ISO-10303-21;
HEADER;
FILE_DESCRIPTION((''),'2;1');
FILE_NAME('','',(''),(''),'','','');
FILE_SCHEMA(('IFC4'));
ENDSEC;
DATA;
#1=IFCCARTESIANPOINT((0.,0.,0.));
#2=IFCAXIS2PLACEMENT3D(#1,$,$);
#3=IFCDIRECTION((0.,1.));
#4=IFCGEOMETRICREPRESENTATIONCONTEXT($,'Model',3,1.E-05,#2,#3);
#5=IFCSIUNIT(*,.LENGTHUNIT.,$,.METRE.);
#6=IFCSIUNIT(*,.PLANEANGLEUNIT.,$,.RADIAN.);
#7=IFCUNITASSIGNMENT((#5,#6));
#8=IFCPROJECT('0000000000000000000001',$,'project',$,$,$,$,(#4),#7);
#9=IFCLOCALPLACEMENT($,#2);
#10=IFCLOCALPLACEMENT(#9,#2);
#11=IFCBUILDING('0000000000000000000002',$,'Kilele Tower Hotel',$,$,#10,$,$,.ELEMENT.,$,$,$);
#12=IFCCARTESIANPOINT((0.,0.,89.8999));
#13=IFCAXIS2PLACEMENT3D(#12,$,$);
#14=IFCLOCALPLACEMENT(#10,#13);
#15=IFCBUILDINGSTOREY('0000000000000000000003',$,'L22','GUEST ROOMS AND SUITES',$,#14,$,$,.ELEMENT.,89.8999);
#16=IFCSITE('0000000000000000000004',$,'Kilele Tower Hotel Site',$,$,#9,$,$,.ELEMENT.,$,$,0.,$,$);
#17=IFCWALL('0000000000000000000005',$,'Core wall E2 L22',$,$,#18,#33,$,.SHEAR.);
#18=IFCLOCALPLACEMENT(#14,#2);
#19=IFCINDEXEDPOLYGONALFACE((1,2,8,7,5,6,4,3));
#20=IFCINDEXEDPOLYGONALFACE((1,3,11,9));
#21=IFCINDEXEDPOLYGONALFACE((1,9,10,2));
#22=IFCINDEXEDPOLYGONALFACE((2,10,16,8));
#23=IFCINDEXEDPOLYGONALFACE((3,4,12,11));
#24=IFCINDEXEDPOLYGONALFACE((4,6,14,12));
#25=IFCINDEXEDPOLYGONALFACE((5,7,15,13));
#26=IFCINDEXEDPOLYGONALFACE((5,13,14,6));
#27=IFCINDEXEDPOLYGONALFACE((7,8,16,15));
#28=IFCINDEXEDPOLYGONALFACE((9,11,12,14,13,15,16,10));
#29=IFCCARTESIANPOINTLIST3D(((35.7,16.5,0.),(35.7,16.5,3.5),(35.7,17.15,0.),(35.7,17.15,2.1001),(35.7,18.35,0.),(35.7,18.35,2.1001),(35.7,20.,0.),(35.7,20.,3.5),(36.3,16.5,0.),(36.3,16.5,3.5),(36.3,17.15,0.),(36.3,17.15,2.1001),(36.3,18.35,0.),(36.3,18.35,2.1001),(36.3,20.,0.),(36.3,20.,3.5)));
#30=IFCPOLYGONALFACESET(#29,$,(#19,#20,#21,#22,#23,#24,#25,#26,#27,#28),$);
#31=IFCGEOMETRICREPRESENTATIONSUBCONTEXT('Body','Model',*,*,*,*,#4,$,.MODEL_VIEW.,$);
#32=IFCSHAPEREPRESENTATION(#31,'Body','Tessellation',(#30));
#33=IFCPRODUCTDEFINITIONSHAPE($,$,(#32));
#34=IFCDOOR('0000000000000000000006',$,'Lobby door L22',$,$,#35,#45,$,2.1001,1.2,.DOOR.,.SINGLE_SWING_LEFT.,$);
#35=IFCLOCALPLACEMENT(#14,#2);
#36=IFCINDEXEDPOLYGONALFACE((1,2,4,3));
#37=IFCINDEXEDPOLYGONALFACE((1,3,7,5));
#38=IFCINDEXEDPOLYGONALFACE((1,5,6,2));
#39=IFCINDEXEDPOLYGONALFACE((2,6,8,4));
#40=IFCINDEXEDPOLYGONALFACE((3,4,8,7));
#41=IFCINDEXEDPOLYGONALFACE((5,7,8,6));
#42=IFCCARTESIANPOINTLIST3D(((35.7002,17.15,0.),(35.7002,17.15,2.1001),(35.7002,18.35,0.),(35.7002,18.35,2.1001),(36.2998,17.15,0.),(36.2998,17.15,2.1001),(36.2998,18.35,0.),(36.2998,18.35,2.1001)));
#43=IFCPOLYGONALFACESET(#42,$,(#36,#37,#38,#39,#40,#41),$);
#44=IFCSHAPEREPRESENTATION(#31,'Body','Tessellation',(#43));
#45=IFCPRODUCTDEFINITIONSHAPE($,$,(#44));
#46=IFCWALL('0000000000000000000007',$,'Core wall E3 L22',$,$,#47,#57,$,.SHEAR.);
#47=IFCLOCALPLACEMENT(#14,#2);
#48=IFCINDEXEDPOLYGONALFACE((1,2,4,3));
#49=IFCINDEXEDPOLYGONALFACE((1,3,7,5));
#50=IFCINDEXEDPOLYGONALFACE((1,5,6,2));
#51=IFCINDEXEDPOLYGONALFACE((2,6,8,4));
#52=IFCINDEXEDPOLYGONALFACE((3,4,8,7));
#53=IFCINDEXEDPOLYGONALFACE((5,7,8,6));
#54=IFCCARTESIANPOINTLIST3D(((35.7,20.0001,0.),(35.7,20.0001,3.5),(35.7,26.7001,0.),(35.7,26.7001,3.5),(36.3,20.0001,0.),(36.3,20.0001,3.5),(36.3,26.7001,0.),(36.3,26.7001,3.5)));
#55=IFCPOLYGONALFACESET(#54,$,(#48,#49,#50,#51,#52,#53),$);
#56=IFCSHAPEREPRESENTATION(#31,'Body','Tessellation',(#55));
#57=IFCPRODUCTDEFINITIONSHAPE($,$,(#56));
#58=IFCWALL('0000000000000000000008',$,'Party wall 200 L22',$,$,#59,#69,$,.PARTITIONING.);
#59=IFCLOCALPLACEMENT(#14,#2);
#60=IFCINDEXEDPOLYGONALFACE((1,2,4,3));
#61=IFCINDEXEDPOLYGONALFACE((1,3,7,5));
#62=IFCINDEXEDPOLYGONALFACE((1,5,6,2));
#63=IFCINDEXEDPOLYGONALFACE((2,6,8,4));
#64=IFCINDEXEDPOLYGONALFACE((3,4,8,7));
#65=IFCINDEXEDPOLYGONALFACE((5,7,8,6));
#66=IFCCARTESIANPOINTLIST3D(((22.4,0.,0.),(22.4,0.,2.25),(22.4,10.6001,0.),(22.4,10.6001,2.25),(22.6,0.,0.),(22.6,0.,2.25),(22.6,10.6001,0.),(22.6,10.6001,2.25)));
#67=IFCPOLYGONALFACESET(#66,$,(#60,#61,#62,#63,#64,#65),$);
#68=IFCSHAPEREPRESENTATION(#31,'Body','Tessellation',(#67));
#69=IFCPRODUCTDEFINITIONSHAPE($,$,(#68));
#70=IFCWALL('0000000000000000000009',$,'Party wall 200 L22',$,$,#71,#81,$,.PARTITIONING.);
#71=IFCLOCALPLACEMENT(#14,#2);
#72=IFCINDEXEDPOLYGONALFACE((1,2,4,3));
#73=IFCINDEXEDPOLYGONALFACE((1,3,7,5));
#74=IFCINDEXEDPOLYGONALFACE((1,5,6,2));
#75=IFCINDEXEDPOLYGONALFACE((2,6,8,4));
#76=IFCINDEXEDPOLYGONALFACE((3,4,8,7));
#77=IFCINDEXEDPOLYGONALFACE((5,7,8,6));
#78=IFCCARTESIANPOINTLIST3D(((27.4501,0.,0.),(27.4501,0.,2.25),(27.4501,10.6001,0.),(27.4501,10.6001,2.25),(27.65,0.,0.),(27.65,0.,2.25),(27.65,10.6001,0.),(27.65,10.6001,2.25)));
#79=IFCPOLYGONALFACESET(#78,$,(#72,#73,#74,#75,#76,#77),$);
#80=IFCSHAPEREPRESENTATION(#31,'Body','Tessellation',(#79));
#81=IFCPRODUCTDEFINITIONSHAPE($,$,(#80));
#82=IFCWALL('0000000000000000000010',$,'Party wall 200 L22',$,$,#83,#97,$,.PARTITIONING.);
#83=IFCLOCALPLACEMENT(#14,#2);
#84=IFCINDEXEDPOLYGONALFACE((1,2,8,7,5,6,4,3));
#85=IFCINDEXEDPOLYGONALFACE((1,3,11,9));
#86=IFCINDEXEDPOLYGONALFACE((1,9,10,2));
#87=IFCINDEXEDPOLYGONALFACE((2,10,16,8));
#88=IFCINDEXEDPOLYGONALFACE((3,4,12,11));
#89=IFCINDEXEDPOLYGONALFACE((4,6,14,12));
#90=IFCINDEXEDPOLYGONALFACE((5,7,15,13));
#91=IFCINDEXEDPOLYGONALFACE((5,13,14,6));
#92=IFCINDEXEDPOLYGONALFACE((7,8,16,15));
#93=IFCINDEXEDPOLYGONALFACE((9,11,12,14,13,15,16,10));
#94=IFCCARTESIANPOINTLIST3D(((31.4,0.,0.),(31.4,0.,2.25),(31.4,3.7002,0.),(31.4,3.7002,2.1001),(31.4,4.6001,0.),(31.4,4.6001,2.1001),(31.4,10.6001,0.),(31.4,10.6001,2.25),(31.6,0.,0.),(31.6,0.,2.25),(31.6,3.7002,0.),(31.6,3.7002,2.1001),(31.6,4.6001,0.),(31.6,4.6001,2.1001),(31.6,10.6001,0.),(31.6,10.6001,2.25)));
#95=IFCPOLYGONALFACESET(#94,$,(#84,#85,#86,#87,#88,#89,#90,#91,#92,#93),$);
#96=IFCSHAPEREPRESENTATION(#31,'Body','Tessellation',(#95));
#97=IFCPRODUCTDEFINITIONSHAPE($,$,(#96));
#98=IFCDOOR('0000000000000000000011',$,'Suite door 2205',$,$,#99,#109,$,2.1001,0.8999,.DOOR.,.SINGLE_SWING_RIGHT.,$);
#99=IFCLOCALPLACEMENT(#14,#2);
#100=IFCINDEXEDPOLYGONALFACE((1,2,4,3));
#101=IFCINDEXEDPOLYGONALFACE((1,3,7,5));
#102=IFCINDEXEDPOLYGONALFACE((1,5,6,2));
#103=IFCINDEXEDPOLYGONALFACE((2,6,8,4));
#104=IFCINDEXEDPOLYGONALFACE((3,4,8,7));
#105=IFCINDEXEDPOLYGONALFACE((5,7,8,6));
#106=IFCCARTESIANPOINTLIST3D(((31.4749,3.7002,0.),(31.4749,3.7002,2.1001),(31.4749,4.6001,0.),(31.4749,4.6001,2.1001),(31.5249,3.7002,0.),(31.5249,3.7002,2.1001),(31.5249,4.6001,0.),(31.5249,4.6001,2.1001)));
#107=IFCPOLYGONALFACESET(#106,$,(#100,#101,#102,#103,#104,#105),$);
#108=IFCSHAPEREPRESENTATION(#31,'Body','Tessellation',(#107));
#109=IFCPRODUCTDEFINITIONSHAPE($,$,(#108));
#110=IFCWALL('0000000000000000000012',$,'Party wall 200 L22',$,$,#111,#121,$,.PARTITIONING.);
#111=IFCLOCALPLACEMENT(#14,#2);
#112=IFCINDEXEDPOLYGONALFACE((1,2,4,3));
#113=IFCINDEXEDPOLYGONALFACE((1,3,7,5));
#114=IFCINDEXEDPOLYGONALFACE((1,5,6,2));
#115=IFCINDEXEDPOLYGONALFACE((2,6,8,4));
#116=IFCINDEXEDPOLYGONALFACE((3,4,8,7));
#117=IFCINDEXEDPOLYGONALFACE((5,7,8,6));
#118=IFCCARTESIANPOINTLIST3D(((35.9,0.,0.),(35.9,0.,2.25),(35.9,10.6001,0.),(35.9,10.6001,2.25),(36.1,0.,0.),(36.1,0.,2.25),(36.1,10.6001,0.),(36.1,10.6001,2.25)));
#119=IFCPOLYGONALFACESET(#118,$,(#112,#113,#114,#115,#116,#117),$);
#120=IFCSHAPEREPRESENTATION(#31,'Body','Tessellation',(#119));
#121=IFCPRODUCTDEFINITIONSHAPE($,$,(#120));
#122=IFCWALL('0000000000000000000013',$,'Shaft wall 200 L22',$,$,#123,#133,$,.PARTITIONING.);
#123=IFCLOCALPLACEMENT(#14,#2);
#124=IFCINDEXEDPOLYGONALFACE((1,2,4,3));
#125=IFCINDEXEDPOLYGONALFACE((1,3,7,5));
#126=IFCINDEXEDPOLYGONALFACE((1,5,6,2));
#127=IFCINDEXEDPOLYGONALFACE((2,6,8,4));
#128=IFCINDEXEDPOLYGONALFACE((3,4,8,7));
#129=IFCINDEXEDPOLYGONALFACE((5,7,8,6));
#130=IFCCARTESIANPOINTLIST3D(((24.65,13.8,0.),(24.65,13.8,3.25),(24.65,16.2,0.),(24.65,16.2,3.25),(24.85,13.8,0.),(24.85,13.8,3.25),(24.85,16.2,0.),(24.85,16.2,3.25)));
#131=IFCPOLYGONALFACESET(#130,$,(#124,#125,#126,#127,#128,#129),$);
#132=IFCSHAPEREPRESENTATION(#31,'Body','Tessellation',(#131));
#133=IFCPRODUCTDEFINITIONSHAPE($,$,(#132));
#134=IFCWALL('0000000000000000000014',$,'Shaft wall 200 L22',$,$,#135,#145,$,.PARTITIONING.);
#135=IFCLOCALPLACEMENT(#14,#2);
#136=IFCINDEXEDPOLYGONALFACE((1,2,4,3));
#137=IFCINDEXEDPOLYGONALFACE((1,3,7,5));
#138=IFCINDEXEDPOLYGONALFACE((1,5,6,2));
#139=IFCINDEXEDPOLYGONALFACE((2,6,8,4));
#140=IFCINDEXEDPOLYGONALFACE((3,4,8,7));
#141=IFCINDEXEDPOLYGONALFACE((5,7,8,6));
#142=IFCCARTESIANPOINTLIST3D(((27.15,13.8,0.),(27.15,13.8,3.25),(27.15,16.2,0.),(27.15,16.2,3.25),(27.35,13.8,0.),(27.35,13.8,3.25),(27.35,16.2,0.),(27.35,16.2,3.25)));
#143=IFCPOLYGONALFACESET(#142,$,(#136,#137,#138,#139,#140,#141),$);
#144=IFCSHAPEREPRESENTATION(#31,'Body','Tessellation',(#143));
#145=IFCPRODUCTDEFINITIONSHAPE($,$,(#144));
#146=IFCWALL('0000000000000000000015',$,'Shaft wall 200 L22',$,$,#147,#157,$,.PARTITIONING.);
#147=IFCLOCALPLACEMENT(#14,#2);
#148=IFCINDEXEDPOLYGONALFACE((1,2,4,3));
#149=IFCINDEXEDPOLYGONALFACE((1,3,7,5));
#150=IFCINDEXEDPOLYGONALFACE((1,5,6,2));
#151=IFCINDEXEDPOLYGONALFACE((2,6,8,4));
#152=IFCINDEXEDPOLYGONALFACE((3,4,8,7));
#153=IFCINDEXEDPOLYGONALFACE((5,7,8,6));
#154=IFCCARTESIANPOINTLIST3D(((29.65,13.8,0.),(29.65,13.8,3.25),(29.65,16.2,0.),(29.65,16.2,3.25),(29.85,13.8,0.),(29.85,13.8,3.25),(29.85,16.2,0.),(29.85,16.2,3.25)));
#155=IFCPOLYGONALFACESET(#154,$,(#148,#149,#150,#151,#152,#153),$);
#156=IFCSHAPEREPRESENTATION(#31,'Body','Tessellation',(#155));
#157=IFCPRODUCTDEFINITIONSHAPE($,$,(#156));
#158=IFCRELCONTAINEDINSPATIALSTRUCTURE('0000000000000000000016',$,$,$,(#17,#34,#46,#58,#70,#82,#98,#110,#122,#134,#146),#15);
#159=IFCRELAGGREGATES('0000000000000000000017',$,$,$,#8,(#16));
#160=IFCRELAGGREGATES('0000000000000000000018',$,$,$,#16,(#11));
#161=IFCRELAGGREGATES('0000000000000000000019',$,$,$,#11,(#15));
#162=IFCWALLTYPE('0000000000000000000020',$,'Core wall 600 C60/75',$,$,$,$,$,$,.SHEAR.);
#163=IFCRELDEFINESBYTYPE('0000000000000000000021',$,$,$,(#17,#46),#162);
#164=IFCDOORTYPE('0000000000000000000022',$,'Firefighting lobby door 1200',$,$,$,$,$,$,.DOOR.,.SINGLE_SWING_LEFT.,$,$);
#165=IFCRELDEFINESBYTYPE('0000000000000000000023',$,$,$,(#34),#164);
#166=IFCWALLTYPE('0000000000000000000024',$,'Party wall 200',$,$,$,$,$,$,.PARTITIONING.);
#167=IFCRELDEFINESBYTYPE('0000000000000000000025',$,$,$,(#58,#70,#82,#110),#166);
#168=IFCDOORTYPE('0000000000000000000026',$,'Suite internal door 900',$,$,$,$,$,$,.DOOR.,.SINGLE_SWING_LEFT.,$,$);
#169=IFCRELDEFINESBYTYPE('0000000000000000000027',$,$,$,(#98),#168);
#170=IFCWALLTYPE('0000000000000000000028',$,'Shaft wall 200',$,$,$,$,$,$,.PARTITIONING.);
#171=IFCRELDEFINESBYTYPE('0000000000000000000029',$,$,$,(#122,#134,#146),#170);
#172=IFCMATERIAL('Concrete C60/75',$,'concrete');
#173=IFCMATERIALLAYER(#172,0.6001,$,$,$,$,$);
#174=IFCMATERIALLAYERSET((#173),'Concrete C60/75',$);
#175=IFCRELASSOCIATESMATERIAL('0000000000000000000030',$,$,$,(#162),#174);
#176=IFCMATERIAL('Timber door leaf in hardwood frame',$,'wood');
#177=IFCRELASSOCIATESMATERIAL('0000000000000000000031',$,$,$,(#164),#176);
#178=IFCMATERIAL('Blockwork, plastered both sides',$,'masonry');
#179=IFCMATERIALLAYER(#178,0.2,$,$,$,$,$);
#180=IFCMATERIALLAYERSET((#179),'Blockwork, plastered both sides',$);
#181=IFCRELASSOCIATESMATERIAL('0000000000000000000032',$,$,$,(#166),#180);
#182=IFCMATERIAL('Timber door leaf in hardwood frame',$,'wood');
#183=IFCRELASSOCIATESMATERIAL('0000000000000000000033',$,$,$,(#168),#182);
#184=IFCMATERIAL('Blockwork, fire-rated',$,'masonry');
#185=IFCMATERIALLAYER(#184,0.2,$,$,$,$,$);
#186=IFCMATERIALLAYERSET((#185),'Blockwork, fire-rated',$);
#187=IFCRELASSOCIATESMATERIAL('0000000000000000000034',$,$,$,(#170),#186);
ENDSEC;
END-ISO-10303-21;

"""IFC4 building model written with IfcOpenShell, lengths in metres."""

from ifc_helpers import new_model, si_unit, direction, frame, frame_2d, origin, place, context, subcontext, project, spatial, rectangle, extrude, material, layer, layer_set, type_object, element, fill, save


model = new_model("IFC4")

# Units and contexts
model_context = context("Model", 3, precision=1e-05, world=origin(), true_north=direction((0.0, 1.0)))
body_context = subcontext(model_context, "Body", "Model", "MODEL_VIEW")
ifc_project = project(units=[si_unit("LENGTHUNIT", "METRE"), si_unit("PLANEANGLEUNIT", "RADIAN")], contexts=[model_context])

# Site, building, storey
site_placement = place(None, origin())
site = spatial("IfcSite", under=ifc_project, at=site_placement, Name="Kilele Tower Hotel Site", CompositionType="ELEMENT", RefElevation=0.0)
building_placement = place(site_placement, origin())
building = spatial("IfcBuilding", under=site, at=building_placement, Name="Kilele Tower Hotel", CompositionType="ELEMENT")
storey_placement = place(building_placement, frame((0.0, 0.0, 89.8999)))
storey = spatial("IfcBuildingStorey", under=building, at=storey_placement, Name="L22", Description="GUEST ROOMS AND SUITES", CompositionType="ELEMENT", Elevation=89.8999)

# Shared definitions
ifc_material_1 = material(Name="Concrete C60/75", Category="concrete")
ifc_layer_1 = layer(ifc_material_1, 0.6001)
ifc_layer_set_1 = layer_set([ifc_layer_1], Name="Concrete C60/75")
wall_type_1 = type_object("IfcWallType", Name="Core wall 600 C60/75", PredefinedType="SHEAR", material=ifc_layer_set_1)
ifc_material_2 = material(Name="Timber door leaf in hardwood frame", Category="wood")
door_type_1 = type_object("IfcDoorType", Name="Firefighting lobby door 1200", OperationType="SINGLE_SWING_LEFT", PredefinedType="DOOR", material=ifc_material_2)

# Wall, opening, door
wall_1_placement = place(storey_placement, frame((36.0, 16.5, 0.0), z_axis=(0.0, 0.0, 1.0), x_axis=(0.0, 1.0, 0.0)))
wall_1 = element("IfcWall", 1, at=wall_1_placement, inside=storey, type_object=wall_type_1, Name="Core wall E2 L22", PredefinedType="SHEAR", context=body_context, shape_type="SweptSolid", body=[
    extrude(rectangle(XDim=3.5, YDim=0.6001, at=frame_2d((1.75, 0.0))), origin(), (0.0, 0.0, 1.0), 3.5),
])
opening_1_placement = place(wall_1_placement, frame((0.6499, 0.0, 0.0)))
opening_1 = element("IfcOpeningElement", 2, at=opening_1_placement, cuts=wall_1, PredefinedType="OPENING", context=body_context, shape_type="SweptSolid", body=[
    extrude(rectangle(XDim=1.2, YDim=2.1001, at=frame_2d((0.6001, 1.05))), frame((0.0, 0.3101, 0.0), z_axis=(0.0, -1.0, 0.0), x_axis=(1.0, 0.0, 0.0)), (0.0, 0.0, 1.0), 0.6201),
])
door_1_placement = place(opening_1_placement, origin())
door_1 = element("IfcDoor", 3, at=door_1_placement, inside=storey, type_object=door_type_1, Name="Lobby door L22", OperationType="SINGLE_SWING_LEFT", OverallHeight=2.1001, OverallWidth=1.2, PredefinedType="DOOR", context=body_context, shape_type="SweptSolid", body=[
    extrude(rectangle(XDim=1.2, YDim=2.1001, at=frame_2d((0.6001, 1.05))), frame((0.0, 0.2998, 0.0), z_axis=(0.0, -1.0, 0.0), x_axis=(1.0, 0.0, 0.0)), (0.0, 0.0, 1.0), 0.5996),
])
fill(opening_1, door_1)

# Walls
wall_2_placement = place(storey_placement, frame((36.0, 20.0, 0.0), z_axis=(0.0, 0.0, 1.0), x_axis=(0.0, 1.0, 0.0)))
element("IfcWall", 4, at=wall_2_placement, inside=storey, type_object=wall_type_1, Name="Core wall E3 L22", PredefinedType="SHEAR", context=body_context, shape_type="SweptSolid", body=[
    extrude(rectangle(XDim=6.7, YDim=0.6001, at=frame_2d((3.3501, 0.0))), origin(), (0.0, 0.0, 1.0), 3.5),
])
ifc_material_3 = material(Name="Blockwork, plastered both sides", Category="masonry")
ifc_layer_2 = layer(ifc_material_3, 0.2)
ifc_layer_set_2 = layer_set([ifc_layer_2], Name="Blockwork, plastered both sides")
wall_type_2 = type_object("IfcWallType", Name="Party wall 200", PredefinedType="PARTITIONING", material=ifc_layer_set_2)
for number, where, z_axis, x_axis, name in (
    (5, (22.5, 10.6001, 0.0), (0.0, 0.0, 1.0), (0.0, -1.0, 0.0), "Party wall 200 L22"),
    (6, (27.55, 10.6001, 0.0), (0.0, 0.0, 1.0), (0.0, -1.0, 0.0), "Party wall 200 L22"),
):
    element("IfcWall", number, at=place(storey_placement, frame(where, z_axis=z_axis, x_axis=x_axis)), inside=storey, type_object=wall_type_2, Name=name, PredefinedType="PARTITIONING", context=body_context, shape_type="SweptSolid", body=[
        extrude(rectangle(XDim=10.6001, YDim=0.2, at=frame_2d((5.3, 0.0))), origin(), (0.0, 0.0, 1.0), 2.25),
    ])

# Wall, opening, door
wall_3_placement = place(storey_placement, frame((31.5, 10.6001, 0.0), z_axis=(0.0, 0.0, 1.0), x_axis=(0.0, -1.0, 0.0)))
wall_3 = element("IfcWall", 7, at=wall_3_placement, inside=storey, type_object=wall_type_2, Name="Party wall 200 L22", PredefinedType="PARTITIONING", context=body_context, shape_type="SweptSolid", body=[
    extrude(rectangle(XDim=10.6001, YDim=0.2, at=frame_2d((5.3, 0.0))), origin(), (0.0, 0.0, 1.0), 2.25),
])
opening_2_placement = place(wall_3_placement, frame((6.0, 0.0, 0.0)))
opening_2 = element("IfcOpeningElement", 8, at=opening_2_placement, cuts=wall_3, PredefinedType="OPENING", context=body_context, shape_type="SweptSolid", body=[
    extrude(rectangle(XDim=0.8999, YDim=2.1001, at=frame_2d((0.45, 1.05))), frame((0.0, 0.1099, 0.0), z_axis=(0.0, -1.0, 0.0), x_axis=(1.0, 0.0, 0.0)), (0.0, 0.0, 1.0), 0.22),
])
ifc_material_4 = material(Name="Timber door leaf in hardwood frame", Category="wood")
door_type_2 = type_object("IfcDoorType", Name="Suite internal door 900", OperationType="SINGLE_SWING_LEFT", PredefinedType="DOOR", material=ifc_material_4)
door_2_placement = place(opening_2_placement, origin())
door_2 = element("IfcDoor", 9, at=door_2_placement, inside=storey, type_object=door_type_2, Name="Suite door 2205", OperationType="SINGLE_SWING_RIGHT", OverallHeight=2.1001, OverallWidth=0.8999, PredefinedType="DOOR", context=body_context, shape_type="SweptSolid", body=[
    extrude(rectangle(XDim=0.8999, YDim=2.1001, at=frame_2d((0.45, 1.05))), frame((0.0, 0.0249, 0.0), z_axis=(0.0, -1.0, 0.0), x_axis=(1.0, 0.0, 0.0)), (0.0, 0.0, 1.0), 0.05),
])
fill(opening_2, door_2)

# Walls
wall_4_placement = place(storey_placement, frame((36.0, 10.6001, 0.0), z_axis=(0.0, 0.0, 1.0), x_axis=(0.0, -1.0, 0.0)))
element("IfcWall", 10, at=wall_4_placement, inside=storey, type_object=wall_type_2, Name="Party wall 200 L22", PredefinedType="PARTITIONING", context=body_context, shape_type="SweptSolid", body=[
    extrude(rectangle(XDim=10.6001, YDim=0.2, at=frame_2d((5.3, 0.0))), origin(), (0.0, 0.0, 1.0), 2.25),
])
ifc_material_5 = material(Name="Blockwork, fire-rated", Category="masonry")
ifc_layer_3 = layer(ifc_material_5, 0.2)
ifc_layer_set_3 = layer_set([ifc_layer_3], Name="Blockwork, fire-rated")
wall_type_3 = type_object("IfcWallType", Name="Shaft wall 200", PredefinedType="PARTITIONING", material=ifc_layer_set_3)
for number, where, z_axis, x_axis, name in (
    (11, (24.75, 13.8, 0.0), (0.0, 0.0, 1.0), (0.0, 1.0, 0.0), "Shaft wall 200 L22"),
    (12, (27.25, 13.8, 0.0), (0.0, 0.0, 1.0), (0.0, 1.0, 0.0), "Shaft wall 200 L22"),
    (13, (29.75, 13.8, 0.0), (0.0, 0.0, 1.0), (0.0, 1.0, 0.0), "Shaft wall 200 L22"),
):
    element("IfcWall", number, at=place(storey_placement, frame(where, z_axis=z_axis, x_axis=x_axis)), inside=storey, type_object=wall_type_3, Name=name, PredefinedType="PARTITIONING", context=body_context, shape_type="SweptSolid", body=[
        extrude(rectangle(XDim=2.3999, YDim=0.2, at=frame_2d((1.2, 0.0))), origin(), (0.0, 0.0, 1.0), 3.25),
    ])

save(model, "model.ifc")
